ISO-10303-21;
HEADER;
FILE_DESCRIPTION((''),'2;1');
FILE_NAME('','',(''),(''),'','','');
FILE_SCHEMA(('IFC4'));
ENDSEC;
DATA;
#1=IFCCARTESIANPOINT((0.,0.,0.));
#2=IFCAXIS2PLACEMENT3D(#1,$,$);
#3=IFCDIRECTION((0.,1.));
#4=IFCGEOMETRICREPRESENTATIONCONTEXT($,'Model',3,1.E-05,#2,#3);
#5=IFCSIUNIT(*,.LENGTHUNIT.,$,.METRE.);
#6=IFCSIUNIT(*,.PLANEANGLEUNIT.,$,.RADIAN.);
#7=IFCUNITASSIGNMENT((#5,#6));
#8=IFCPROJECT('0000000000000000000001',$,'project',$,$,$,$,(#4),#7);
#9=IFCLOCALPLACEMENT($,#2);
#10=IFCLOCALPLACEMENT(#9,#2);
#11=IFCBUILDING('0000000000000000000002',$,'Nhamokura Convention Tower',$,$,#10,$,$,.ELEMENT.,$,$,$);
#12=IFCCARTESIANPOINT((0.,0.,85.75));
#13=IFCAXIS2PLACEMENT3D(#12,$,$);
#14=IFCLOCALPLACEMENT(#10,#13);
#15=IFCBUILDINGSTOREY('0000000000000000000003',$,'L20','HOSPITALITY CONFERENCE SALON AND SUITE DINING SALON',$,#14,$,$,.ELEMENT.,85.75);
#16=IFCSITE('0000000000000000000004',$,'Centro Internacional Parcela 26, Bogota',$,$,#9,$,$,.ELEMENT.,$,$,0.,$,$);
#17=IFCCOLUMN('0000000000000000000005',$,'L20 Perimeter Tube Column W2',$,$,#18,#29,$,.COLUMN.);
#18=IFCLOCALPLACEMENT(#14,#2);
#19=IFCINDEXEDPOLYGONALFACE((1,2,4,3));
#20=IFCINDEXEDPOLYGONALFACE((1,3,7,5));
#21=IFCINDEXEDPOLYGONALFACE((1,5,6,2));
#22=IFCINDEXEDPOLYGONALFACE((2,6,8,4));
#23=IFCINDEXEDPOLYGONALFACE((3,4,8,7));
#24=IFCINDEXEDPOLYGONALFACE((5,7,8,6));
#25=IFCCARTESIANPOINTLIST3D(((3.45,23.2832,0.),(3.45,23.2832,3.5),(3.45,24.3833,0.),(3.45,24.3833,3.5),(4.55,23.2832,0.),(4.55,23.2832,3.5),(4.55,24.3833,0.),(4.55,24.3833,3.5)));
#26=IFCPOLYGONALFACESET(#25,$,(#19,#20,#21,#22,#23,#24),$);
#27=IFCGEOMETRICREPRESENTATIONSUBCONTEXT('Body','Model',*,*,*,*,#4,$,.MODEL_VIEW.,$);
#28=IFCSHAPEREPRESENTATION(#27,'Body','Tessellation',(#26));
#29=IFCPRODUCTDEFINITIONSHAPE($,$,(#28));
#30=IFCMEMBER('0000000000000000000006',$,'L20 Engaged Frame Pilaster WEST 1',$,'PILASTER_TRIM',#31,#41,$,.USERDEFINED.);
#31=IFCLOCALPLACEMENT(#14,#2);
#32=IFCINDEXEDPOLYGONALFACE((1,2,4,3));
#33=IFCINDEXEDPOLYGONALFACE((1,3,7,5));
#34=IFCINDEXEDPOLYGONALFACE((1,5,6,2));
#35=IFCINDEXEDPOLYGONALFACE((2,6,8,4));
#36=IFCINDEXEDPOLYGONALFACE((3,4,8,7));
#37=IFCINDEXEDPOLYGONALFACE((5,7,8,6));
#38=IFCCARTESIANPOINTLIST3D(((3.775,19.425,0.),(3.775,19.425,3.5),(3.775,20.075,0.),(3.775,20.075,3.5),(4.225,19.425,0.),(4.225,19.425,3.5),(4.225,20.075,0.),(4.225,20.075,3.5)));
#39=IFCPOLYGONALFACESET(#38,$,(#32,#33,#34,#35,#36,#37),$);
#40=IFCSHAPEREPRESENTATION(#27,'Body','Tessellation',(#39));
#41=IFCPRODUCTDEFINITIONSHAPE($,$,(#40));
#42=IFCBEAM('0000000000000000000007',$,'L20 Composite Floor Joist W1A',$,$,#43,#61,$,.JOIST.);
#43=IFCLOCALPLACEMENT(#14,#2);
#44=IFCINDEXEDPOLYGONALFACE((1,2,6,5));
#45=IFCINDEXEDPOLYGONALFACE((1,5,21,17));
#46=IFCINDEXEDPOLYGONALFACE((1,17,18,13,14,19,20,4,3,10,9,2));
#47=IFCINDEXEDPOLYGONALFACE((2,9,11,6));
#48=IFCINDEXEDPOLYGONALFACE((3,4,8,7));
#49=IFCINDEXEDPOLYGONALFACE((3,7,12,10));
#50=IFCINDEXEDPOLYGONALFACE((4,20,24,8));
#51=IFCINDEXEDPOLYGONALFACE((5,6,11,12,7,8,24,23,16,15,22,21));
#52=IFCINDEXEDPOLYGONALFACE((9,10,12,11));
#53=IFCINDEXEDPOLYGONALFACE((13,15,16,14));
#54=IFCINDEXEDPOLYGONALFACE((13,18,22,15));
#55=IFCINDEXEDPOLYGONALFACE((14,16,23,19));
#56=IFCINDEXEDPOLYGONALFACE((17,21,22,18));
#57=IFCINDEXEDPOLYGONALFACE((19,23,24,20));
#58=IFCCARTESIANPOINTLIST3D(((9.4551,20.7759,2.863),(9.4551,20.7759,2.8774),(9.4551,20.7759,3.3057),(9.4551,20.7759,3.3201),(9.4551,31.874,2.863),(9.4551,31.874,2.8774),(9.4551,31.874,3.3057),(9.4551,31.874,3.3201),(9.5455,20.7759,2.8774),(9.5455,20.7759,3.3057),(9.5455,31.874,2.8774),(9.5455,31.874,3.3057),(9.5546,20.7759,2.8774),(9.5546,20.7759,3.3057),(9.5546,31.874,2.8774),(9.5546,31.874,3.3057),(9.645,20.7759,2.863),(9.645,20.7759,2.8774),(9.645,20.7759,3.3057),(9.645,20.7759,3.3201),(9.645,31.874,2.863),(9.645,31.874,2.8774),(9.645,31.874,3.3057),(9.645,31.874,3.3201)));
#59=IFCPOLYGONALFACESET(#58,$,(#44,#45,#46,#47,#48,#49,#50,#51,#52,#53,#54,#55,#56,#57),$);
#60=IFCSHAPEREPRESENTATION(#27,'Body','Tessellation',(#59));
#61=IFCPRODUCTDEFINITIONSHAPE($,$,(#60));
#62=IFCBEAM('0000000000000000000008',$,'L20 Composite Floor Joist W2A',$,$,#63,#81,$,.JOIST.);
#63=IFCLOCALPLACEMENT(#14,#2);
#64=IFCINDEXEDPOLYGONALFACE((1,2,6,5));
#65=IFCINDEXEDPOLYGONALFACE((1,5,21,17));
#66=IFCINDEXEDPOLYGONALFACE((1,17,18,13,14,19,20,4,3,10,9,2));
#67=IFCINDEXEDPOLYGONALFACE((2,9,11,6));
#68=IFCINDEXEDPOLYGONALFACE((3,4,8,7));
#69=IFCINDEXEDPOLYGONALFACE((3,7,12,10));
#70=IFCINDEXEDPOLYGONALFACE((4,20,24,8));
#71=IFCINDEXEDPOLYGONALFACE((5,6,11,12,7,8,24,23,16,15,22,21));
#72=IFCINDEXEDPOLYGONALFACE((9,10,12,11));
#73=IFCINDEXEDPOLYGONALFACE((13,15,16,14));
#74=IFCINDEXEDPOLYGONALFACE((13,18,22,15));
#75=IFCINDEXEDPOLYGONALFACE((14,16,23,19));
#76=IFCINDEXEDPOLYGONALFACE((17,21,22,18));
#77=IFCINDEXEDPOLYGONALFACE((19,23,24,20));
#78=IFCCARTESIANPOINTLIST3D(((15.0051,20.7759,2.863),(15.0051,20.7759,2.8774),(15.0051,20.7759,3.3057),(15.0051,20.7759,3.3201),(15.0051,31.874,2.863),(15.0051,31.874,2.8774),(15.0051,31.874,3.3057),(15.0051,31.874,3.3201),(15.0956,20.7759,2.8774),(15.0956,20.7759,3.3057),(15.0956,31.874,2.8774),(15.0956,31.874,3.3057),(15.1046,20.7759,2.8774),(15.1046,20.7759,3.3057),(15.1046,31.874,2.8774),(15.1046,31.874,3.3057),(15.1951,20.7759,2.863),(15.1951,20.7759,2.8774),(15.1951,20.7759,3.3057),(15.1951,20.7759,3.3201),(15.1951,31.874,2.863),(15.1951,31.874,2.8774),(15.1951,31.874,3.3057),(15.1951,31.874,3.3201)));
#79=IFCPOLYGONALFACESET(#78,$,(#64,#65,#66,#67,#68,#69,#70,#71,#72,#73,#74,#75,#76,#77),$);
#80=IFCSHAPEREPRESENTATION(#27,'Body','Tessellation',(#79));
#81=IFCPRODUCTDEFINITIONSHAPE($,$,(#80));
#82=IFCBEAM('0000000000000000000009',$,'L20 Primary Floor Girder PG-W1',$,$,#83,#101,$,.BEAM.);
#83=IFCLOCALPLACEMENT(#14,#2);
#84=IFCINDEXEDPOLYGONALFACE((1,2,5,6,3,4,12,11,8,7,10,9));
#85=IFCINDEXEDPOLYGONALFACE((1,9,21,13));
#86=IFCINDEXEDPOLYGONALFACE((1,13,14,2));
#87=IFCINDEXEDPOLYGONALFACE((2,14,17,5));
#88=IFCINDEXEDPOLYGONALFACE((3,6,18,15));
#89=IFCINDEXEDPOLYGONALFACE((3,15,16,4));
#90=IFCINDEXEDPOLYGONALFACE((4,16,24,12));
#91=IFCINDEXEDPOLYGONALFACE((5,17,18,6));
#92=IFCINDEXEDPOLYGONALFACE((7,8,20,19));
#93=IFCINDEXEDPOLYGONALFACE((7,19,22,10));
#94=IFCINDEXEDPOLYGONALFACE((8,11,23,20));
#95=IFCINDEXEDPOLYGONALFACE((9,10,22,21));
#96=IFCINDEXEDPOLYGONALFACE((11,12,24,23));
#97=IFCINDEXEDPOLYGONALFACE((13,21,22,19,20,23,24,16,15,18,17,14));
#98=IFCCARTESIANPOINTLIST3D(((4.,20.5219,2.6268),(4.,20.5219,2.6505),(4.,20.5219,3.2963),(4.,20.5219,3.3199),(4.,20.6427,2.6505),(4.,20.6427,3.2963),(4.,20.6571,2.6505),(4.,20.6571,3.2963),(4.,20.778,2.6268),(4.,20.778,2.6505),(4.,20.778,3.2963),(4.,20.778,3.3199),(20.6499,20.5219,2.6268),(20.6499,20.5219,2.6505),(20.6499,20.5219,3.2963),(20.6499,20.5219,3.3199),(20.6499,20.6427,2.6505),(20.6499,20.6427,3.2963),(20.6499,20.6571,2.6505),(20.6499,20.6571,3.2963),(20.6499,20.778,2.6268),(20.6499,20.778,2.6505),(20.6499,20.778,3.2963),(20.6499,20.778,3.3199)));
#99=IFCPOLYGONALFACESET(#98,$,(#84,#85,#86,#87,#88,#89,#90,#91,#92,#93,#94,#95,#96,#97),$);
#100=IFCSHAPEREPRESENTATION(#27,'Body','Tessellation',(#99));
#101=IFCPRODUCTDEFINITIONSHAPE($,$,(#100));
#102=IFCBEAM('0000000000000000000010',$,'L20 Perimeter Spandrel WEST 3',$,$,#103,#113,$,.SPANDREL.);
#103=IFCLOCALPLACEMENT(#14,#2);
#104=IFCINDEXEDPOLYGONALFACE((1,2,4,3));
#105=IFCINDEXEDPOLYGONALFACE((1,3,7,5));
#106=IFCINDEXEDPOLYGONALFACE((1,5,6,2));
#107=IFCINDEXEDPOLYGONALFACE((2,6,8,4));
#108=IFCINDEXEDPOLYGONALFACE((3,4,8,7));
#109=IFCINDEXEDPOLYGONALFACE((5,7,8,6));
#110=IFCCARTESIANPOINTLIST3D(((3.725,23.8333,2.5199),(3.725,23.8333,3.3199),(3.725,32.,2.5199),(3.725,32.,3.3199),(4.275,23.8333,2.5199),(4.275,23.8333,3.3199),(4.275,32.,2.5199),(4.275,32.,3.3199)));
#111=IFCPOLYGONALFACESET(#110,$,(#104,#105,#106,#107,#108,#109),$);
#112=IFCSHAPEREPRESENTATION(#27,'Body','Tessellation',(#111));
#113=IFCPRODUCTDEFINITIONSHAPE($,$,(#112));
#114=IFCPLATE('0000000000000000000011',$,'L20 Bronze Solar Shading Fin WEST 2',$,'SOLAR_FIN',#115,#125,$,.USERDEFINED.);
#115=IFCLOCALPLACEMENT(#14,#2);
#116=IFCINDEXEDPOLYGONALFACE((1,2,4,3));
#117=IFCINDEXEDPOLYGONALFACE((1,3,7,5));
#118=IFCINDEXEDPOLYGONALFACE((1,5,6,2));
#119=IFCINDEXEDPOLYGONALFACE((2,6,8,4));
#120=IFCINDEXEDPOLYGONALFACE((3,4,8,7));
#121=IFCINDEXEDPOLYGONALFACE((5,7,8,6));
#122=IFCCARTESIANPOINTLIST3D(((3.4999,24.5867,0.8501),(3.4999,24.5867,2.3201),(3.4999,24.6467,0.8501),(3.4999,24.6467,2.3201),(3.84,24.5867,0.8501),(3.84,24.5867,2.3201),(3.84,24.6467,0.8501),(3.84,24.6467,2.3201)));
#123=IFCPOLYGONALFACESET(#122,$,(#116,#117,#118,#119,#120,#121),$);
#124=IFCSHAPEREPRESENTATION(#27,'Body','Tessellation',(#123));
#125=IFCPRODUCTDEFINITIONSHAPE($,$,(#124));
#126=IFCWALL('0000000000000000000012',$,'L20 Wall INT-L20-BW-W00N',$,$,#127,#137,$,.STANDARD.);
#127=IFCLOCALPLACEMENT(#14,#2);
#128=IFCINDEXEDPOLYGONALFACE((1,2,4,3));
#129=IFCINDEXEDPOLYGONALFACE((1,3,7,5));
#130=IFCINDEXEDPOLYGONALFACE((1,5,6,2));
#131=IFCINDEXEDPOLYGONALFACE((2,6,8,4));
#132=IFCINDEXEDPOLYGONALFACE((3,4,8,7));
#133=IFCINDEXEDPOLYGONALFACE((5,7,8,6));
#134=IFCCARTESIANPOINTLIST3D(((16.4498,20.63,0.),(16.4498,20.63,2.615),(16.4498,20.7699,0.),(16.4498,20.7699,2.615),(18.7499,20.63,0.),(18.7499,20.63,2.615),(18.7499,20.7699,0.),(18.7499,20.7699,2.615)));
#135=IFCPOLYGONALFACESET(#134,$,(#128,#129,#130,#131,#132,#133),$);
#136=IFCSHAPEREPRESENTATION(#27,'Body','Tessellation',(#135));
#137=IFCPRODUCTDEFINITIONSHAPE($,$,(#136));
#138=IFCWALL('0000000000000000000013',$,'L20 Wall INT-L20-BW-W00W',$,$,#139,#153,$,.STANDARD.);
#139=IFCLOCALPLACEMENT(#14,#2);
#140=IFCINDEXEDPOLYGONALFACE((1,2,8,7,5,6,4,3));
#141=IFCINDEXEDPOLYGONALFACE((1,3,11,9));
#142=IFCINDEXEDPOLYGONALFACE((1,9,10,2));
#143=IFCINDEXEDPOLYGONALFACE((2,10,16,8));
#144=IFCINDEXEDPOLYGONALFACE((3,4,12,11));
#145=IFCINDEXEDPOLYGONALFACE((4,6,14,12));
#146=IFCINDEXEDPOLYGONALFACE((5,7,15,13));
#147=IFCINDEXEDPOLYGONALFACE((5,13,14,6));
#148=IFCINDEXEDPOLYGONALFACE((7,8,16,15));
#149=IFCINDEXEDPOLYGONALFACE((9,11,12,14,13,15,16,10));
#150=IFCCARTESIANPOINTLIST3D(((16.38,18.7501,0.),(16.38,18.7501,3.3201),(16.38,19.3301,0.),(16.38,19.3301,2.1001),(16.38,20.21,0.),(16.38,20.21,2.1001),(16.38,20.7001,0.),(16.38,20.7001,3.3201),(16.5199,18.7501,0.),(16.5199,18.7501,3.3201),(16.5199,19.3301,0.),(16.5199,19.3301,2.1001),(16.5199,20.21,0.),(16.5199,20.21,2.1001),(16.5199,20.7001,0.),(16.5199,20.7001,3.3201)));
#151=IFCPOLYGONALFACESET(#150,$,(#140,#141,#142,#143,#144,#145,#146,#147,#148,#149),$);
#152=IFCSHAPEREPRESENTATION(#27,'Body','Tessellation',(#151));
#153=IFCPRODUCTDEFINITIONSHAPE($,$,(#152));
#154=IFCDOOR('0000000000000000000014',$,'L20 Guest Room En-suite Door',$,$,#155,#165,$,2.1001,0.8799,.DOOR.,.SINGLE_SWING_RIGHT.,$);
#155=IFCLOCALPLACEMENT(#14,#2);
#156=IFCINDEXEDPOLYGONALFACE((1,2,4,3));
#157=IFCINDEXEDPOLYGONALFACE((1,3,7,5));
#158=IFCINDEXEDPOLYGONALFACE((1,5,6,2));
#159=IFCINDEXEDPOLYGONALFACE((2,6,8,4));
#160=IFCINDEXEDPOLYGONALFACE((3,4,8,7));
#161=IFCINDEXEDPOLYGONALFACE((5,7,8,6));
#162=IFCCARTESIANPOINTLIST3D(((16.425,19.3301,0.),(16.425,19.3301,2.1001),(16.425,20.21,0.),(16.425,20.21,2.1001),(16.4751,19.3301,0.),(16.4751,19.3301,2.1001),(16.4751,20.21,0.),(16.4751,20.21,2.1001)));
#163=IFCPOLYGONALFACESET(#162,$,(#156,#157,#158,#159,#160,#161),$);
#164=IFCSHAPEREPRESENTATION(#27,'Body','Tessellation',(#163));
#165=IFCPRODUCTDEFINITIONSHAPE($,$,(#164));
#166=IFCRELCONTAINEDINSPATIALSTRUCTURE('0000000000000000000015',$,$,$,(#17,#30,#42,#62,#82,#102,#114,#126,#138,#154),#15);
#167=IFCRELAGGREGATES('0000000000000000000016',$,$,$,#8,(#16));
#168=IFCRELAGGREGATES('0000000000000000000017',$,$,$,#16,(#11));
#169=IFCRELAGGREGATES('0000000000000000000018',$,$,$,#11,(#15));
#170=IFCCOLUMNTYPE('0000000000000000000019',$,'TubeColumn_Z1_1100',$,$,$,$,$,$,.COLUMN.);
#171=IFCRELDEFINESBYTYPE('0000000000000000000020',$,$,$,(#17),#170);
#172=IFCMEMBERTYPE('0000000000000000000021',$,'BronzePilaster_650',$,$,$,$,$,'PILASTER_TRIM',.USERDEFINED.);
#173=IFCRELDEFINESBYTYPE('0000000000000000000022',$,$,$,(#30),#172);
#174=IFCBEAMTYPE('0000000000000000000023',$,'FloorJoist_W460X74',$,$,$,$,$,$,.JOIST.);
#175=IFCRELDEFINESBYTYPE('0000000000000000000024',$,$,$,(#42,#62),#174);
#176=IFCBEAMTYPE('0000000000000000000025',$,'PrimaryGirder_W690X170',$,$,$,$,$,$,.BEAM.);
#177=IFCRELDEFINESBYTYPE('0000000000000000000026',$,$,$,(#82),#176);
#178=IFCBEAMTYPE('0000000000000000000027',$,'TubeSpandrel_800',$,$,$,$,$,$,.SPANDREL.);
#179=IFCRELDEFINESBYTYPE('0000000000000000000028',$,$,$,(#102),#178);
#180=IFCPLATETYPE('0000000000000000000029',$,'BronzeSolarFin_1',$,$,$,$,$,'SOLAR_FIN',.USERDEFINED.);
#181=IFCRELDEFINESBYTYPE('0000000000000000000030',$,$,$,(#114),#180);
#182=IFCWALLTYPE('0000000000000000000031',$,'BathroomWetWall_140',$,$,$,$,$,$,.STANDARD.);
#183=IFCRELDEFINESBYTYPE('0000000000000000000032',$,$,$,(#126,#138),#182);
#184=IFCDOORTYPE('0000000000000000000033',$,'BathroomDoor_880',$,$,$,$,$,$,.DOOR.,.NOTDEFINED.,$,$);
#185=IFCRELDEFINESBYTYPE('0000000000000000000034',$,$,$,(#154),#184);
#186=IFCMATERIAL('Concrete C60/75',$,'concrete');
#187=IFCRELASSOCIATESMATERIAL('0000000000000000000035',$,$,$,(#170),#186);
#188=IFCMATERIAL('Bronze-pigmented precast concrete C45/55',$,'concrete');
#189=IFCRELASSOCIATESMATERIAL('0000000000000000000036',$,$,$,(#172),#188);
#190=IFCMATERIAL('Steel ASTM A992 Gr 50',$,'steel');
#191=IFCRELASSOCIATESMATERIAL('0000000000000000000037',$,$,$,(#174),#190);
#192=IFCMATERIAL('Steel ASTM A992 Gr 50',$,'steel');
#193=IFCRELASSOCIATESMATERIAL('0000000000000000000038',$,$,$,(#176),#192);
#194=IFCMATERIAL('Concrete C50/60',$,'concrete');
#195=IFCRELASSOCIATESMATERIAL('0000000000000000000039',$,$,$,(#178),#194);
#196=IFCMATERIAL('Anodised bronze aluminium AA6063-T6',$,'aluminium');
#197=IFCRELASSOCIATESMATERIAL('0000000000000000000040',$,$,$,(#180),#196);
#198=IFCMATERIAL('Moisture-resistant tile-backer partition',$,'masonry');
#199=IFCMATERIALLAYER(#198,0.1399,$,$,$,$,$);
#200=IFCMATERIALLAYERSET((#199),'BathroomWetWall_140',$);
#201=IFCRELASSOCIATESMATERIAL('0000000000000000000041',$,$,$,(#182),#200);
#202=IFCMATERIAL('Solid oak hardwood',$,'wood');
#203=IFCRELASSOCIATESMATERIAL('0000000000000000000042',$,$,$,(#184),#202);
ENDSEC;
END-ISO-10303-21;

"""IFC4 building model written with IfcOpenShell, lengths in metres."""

from ifc_helpers import new_model, si_unit, direction, frame, frame_2d, origin, origin_2d, place, context, subcontext, project, spatial, rectangle, i_section, extrude, material, layer, layer_set, material_profile, profile_set, type_object, element, fill, save


model = new_model("IFC4")

# Units and contexts
model_context = context("Model", 3, precision=1e-05, world=origin(), true_north=direction((0.0, 1.0)))
body_context = subcontext(model_context, "Body", "Model", "MODEL_VIEW")
ifc_project = project(units=[si_unit("LENGTHUNIT", "METRE"), si_unit("PLANEANGLEUNIT", "RADIAN")], contexts=[model_context])

# Site, building, storey
site_placement = place(None, origin())
site = spatial("IfcSite", under=ifc_project, at=site_placement, Name="Centro Internacional Parcela 26, Bogota", CompositionType="ELEMENT", RefElevation=0.0)
building_placement = place(site_placement, origin())
building = spatial("IfcBuilding", under=site, at=building_placement, Name="Nhamokura Convention Tower", CompositionType="ELEMENT")
storey_placement = place(building_placement, frame((0.0, 0.0, 85.75)))
storey = spatial("IfcBuildingStorey", under=building, at=storey_placement, Name="L20", Description="HOSPITALITY CONFERENCE SALON AND SUITE DINING SALON", CompositionType="ELEMENT", Elevation=85.75)

# Column
ifc_material_1 = material(Name="Concrete C60/75", Category="concrete")
ifc_material_profile_1 = material_profile(ifc_material_1, rectangle(XDim=1.1001, YDim=1.1001, at=origin_2d()))
ifc_profile_set_1 = profile_set([ifc_material_profile_1], Name="Concrete C60/75")
column_type = type_object("IfcColumnType", Name="TubeColumn_Z1_1100", PredefinedType="COLUMN", material=ifc_profile_set_1)
column_placement = place(storey_placement, frame((4.0, 23.8333, 0.0), z_axis=(0.0, 0.0, 1.0), x_axis=(1.0, 0.0, 0.0)))
element("IfcColumn", 1, at=column_placement, inside=storey, type_object=column_type, Name="L20 Perimeter Tube Column W2", PredefinedType="COLUMN", context=body_context, shape_type="SweptSolid", body=[
    extrude(rectangle(XDim=1.1001, YDim=1.1001, at=origin_2d()), origin(), (0.0, 0.0, 1.0), 3.5),
])

# Member
ifc_material_2 = material(Name="Bronze-pigmented precast concrete C45/55", Category="concrete")
ifc_material_profile_2 = material_profile(ifc_material_2, rectangle(XDim=0.45, YDim=0.6499, at=origin_2d()))
ifc_profile_set_2 = profile_set([ifc_material_profile_2], Name="Bronze-pigmented precast concrete C45/55")
member_type = type_object("IfcMemberType", Name="BronzePilaster_650", ElementType="PILASTER_TRIM", PredefinedType="USERDEFINED", material=ifc_profile_set_2)
member_placement = place(storey_placement, frame((4.0, 19.75, 0.0), z_axis=(0.0, 0.0, 1.0), x_axis=(1.0, 0.0, 0.0)))
element("IfcMember", 2, at=member_placement, inside=storey, type_object=member_type, Name="L20 Engaged Frame Pilaster WEST 1", ObjectType="PILASTER_TRIM", PredefinedType="USERDEFINED", context=body_context, shape_type="SweptSolid", body=[
    extrude(rectangle(XDim=0.45, YDim=0.6499, at=origin_2d()), origin(), (0.0, 0.0, 1.0), 3.5),
])

# Beams
ifc_material_3 = material(Name="Steel ASTM A992 Gr 50", Category="steel")
ifc_material_profile_3 = material_profile(ifc_material_3, i_section(OverallWidth=0.1899, OverallDepth=0.457, WebThickness=0.009, FlangeThickness=0.0144, at=origin_2d()))
ifc_profile_set_3 = profile_set([ifc_material_profile_3], Name="Steel ASTM A992 Gr 50")
beam_type_1 = type_object("IfcBeamType", Name="FloorJoist_W460X74", PredefinedType="JOIST", material=ifc_profile_set_3)
for number, where, z_axis, x_axis, name in (
    (3, (9.55, 20.7759, 3.0916), (0.0, 1.0, 0.0), (-1.0, 0.0, 0.0), "L20 Composite Floor Joist W1A"),
    (4, (15.1001, 20.7759, 3.0916), (0.0, 1.0, 0.0), (-1.0, 0.0, 0.0), "L20 Composite Floor Joist W2A"),
):
    element("IfcBeam", number, at=place(storey_placement, frame(where, z_axis=z_axis, x_axis=x_axis)), inside=storey, type_object=beam_type_1, Name=name, PredefinedType="JOIST", context=body_context, shape_type="SweptSolid", body=[
        extrude(i_section(OverallWidth=0.1899, OverallDepth=0.457, WebThickness=0.009, FlangeThickness=0.0144, at=origin_2d()), origin(), (0.0, 0.0, 1.0), 11.0981),
    ])
ifc_material_4 = material(Name="Steel ASTM A992 Gr 50", Category="steel")
ifc_material_profile_4 = material_profile(ifc_material_4, i_section(OverallWidth=0.2561, OverallDepth=0.6931, WebThickness=0.0144, FlangeThickness=0.0237, at=origin_2d()))
ifc_profile_set_4 = profile_set([ifc_material_profile_4], Name="Steel ASTM A992 Gr 50")
beam_type_2 = type_object("IfcBeamType", Name="PrimaryGirder_W690X170", PredefinedType="BEAM", material=ifc_profile_set_4)
beam_1_placement = place(storey_placement, frame((4.0, 20.6499, 2.9734), z_axis=(1.0, 0.0, 0.0), x_axis=(0.0, 1.0, 0.0)))
element("IfcBeam", 5, at=beam_1_placement, inside=storey, type_object=beam_type_2, Name="L20 Primary Floor Girder PG-W1", PredefinedType="BEAM", context=body_context, shape_type="SweptSolid", body=[
    extrude(i_section(OverallWidth=0.2561, OverallDepth=0.6931, WebThickness=0.0144, FlangeThickness=0.0237, at=origin_2d()), origin(), (0.0, 0.0, 1.0), 16.6499),
])
ifc_material_5 = material(Name="Concrete C50/60", Category="concrete")
ifc_material_profile_5 = material_profile(ifc_material_5, rectangle(XDim=0.55, YDim=0.8, at=origin_2d()))
ifc_profile_set_5 = profile_set([ifc_material_profile_5], Name="Concrete C50/60")
beam_type_3 = type_object("IfcBeamType", Name="TubeSpandrel_800", PredefinedType="SPANDREL", material=ifc_profile_set_5)
beam_2_placement = place(storey_placement, frame((4.0, 23.8333, 2.9199), z_axis=(0.0, 1.0, 0.0), x_axis=(-1.0, 0.0, 0.0)))
element("IfcBeam", 6, at=beam_2_placement, inside=storey, type_object=beam_type_3, Name="L20 Perimeter Spandrel WEST 3", PredefinedType="SPANDREL", context=body_context, shape_type="SweptSolid", body=[
    extrude(rectangle(XDim=0.55, YDim=0.8, at=origin_2d()), origin(), (0.0, 0.0, 1.0), 8.1667),
])

# Plate
ifc_material_6 = material(Name="Anodised bronze aluminium AA6063-T6", Category="aluminium")
plate_type = type_object("IfcPlateType", Name="BronzeSolarFin_1", ElementType="SOLAR_FIN", PredefinedType="USERDEFINED", material=ifc_material_6)
plate_placement = place(storey_placement, frame((3.6699, 24.6167, 0.8501), z_axis=(0.0, 0.0, 1.0), x_axis=(1.0, 0.0, 0.0)))
element("IfcPlate", 7, at=plate_placement, inside=storey, type_object=plate_type, Name="L20 Bronze Solar Shading Fin WEST 2", ObjectType="SOLAR_FIN", PredefinedType="USERDEFINED", context=body_context, shape_type="SweptSolid", body=[
    extrude(rectangle(XDim=0.3401, YDim=0.0601, at=origin_2d()), origin(), (0.0, 0.0, 1.0), 1.47),
])

# Wall
ifc_material_7 = material(Name="Moisture-resistant tile-backer partition", Category="masonry")
ifc_layer_1 = layer(ifc_material_7, 0.1399)
ifc_layer_set_1 = layer_set([ifc_layer_1], Name="BathroomWetWall_140")
wall_type_1 = type_object("IfcWallType", Name="BathroomWetWall_140", PredefinedType="STANDARD", material=ifc_layer_set_1)
wall_1_placement = place(storey_placement, frame((16.45, 20.7, 0.0), z_axis=(0.0, 0.0, 1.0), x_axis=(1.0, 0.0, 0.0)))
element("IfcWall", 8, at=wall_1_placement, inside=storey, type_object=wall_type_1, Name="L20 Wall INT-L20-BW-W00N", PredefinedType="STANDARD", context=body_context, shape_type="SweptSolid", body=[
    extrude(rectangle(XDim=2.3, YDim=0.1399, at=frame_2d((1.1499, 0.0))), origin(), (0.0, 0.0, 1.0), 2.615),
])

# Wall, opening, door
wall_2_placement = place(storey_placement, frame((16.45, 18.75, 0.0), z_axis=(0.0, 0.0, 1.0), x_axis=(0.0, 1.0, 0.0)))
wall_2 = element("IfcWall", 9, at=wall_2_placement, inside=storey, type_object=wall_type_1, Name="L20 Wall INT-L20-BW-W00W", PredefinedType="STANDARD", context=body_context, shape_type="SweptSolid", body=[
    extrude(rectangle(XDim=1.95, YDim=0.1399, at=frame_2d((0.9751, 0.0))), origin(), (0.0, 0.0, 1.0), 3.3201),
])
opening_1_placement = place(wall_2_placement, frame((0.5801, 0.0, 0.0)))
opening_1 = element("IfcOpeningElement", 10, at=opening_1_placement, cuts=wall_2, PredefinedType="OPENING", context=body_context, shape_type="SweptSolid", body=[
    extrude(rectangle(XDim=0.8799, YDim=2.1001, at=frame_2d((0.4399, 1.05))), frame((0.0, 0.0798, 0.0), z_axis=(0.0, -1.0, 0.0), x_axis=(1.0, 0.0, 0.0)), (0.0, 0.0, 1.0), 0.1599),
])
ifc_material_8 = material(Name="Solid oak hardwood", Category="wood")
door_type_1 = type_object("IfcDoorType", Name="BathroomDoor_880", OperationType="NOTDEFINED", PredefinedType="DOOR", material=ifc_material_8)
door_1_placement = place(opening_1_placement, origin())
door_1 = element("IfcDoor", 11, at=door_1_placement, inside=storey, type_object=door_type_1, Name="L20 Guest Room En-suite Door", OperationType="SINGLE_SWING_RIGHT", OverallHeight=2.1001, OverallWidth=0.8799, PredefinedType="DOOR", context=body_context, shape_type="SweptSolid", body=[
    extrude(rectangle(XDim=0.8799, YDim=2.1001, at=frame_2d((0.4399, 1.05))), frame((0.0, 0.0249, 0.0), z_axis=(0.0, -1.0, 0.0), x_axis=(1.0, 0.0, 0.0)), (0.0, 0.0, 1.0), 0.05),
])
fill(opening_1, door_1)

save(model, "model.ifc")
